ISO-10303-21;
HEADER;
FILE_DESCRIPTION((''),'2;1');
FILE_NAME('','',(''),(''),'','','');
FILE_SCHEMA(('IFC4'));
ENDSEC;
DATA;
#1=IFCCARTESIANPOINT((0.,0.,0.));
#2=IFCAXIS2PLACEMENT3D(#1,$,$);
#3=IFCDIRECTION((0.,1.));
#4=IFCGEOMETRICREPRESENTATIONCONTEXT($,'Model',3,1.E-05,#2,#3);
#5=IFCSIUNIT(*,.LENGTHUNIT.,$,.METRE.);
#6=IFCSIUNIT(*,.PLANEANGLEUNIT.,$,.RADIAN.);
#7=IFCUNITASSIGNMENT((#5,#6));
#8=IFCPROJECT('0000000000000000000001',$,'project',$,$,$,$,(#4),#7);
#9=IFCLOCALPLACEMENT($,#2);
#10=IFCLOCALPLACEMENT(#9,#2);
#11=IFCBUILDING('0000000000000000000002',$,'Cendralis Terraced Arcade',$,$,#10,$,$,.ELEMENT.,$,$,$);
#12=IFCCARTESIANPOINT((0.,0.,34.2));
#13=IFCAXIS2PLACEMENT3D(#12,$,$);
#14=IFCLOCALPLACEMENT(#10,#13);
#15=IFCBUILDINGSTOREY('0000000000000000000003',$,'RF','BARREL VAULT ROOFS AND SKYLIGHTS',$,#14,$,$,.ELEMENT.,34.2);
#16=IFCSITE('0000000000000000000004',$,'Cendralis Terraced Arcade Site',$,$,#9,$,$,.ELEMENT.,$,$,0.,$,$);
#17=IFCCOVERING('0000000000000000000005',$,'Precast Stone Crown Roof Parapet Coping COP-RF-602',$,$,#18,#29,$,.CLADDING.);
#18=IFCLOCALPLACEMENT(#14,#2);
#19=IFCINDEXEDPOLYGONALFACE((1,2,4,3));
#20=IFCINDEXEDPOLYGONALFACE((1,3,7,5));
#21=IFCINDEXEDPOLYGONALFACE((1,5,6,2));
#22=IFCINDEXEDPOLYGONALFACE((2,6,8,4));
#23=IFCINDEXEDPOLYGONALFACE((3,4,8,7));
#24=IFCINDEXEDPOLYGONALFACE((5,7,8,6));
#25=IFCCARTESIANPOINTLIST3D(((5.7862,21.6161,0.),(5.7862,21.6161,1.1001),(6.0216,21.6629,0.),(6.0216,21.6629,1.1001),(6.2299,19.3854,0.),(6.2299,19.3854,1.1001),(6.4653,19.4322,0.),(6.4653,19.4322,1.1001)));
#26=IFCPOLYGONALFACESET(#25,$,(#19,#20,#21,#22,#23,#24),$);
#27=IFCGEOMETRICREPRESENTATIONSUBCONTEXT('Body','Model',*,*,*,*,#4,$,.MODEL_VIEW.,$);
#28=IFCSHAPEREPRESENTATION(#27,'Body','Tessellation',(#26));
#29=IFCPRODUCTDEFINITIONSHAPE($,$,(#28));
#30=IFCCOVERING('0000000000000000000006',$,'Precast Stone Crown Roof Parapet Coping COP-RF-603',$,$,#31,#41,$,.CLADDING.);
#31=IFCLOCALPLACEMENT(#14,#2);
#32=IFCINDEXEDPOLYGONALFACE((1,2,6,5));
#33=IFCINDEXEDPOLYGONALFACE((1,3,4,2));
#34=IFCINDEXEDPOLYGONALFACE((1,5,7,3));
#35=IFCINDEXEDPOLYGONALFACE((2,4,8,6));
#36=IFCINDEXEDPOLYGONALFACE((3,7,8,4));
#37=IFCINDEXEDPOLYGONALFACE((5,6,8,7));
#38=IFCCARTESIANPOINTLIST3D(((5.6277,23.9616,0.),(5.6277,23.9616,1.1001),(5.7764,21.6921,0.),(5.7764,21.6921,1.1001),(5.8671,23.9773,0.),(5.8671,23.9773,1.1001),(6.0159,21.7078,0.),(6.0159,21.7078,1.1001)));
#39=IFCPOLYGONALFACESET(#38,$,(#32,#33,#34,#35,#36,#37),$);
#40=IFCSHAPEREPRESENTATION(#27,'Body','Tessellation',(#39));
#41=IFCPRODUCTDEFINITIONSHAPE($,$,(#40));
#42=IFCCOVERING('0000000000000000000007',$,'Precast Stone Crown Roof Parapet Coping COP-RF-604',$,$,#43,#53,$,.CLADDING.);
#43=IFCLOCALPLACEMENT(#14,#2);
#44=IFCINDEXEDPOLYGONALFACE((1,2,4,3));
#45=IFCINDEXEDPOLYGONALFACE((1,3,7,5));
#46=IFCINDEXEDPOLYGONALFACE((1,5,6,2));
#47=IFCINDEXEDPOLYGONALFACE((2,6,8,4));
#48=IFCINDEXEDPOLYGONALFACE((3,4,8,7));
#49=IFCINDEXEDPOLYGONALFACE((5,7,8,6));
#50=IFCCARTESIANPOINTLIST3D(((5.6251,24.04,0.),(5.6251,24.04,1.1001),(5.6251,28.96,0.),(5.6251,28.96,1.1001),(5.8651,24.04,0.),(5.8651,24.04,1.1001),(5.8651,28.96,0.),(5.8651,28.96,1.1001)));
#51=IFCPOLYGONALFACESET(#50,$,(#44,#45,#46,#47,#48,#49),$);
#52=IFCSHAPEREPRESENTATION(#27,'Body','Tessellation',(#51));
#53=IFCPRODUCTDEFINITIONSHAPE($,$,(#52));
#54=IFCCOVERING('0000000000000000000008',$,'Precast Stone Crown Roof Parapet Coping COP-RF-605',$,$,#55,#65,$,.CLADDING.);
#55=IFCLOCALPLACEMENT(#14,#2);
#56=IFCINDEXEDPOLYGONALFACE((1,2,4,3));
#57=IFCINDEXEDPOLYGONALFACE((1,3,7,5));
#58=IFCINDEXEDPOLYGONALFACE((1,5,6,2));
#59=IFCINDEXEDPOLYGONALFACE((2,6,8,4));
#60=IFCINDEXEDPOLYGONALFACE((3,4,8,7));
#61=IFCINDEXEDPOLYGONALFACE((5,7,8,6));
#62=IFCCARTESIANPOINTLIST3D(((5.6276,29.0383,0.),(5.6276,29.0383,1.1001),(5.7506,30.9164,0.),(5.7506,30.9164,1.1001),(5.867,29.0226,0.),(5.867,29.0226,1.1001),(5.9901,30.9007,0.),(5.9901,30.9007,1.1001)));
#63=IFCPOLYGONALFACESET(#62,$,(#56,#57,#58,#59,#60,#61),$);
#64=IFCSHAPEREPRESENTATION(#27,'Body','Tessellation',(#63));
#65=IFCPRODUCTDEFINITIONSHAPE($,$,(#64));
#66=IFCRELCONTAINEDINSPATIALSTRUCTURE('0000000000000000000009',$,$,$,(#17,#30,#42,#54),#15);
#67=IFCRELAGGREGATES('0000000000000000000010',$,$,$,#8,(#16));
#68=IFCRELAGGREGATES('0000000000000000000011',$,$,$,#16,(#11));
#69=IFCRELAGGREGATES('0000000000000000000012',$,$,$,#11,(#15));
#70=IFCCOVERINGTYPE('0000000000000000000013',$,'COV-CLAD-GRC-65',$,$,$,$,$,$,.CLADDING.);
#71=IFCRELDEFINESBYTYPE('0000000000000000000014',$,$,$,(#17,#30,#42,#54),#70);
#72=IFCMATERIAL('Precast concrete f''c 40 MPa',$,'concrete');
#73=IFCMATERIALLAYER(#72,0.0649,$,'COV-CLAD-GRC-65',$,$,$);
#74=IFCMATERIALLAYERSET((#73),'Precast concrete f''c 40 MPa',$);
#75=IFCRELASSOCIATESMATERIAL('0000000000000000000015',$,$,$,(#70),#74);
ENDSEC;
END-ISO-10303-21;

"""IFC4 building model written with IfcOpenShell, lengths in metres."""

from ifc_helpers import new_model, si_unit, direction, frame, origin, origin_2d, place, context, subcontext, project, spatial, rectangle, extrude, material, layer, layer_set, type_object, element, save


model = new_model("IFC4")

# Units and contexts
model_context = context("Model", 3, precision=1e-05, world=origin(), true_north=direction((0.0, 1.0)))
body_context = subcontext(model_context, "Body", "Model", "MODEL_VIEW")
ifc_project = project(units=[si_unit("LENGTHUNIT", "METRE"), si_unit("PLANEANGLEUNIT", "RADIAN")], contexts=[model_context])

# Site, building, storey
site_placement = place(None, origin())
site = spatial("IfcSite", under=ifc_project, at=site_placement, Name="Cendralis Terraced Arcade Site", CompositionType="ELEMENT", RefElevation=0.0)
building_placement = place(site_placement, origin())
building = spatial("IfcBuilding", under=site, at=building_placement, Name="Cendralis Terraced Arcade", CompositionType="ELEMENT")
storey_placement = place(building_placement, frame((0.0, 0.0, 34.2)))
storey = spatial("IfcBuildingStorey", under=building, at=storey_placement, Name="RF", Description="BARREL VAULT ROOFS AND SKYLIGHTS", CompositionType="ELEMENT", Elevation=34.2)

# Coverings
ifc_material_1 = material(Name="Precast concrete f'c 40 MPa", Category="concrete")
ifc_layer_1 = layer(ifc_material_1, 0.0649, Name="COV-CLAD-GRC-65")
ifc_layer_set_1 = layer_set([ifc_layer_1], Name="Precast concrete f'c 40 MPa")
covering_type_1 = type_object("IfcCoveringType", Name="COV-CLAD-GRC-65", PredefinedType="CLADDING", material=ifc_layer_set_1)
for number, where, z_axis, x_axis, name in (
    (1, (6.1257, 20.5242, 0.0), (0.0, 0.0, 1.0), (-0.195073, 0.980789, 0.0), "Precast Stone Crown Roof Parapet Coping COP-RF-602"),
    (2, (5.8218, 22.8347, 0.0), (0.0, 0.0, 1.0), (-0.065403, 0.997859, 0.0), "Precast Stone Crown Roof Parapet Coping COP-RF-603"),
):
    element("IfcCovering", number, at=place(storey_placement, frame(where, z_axis=z_axis, x_axis=x_axis)), inside=storey, type_object=covering_type_1, Name=name, PredefinedType="CLADDING", context=body_context, shape_type="SweptSolid", body=[
        extrude(rectangle(XDim=2.2744, YDim=0.24, at=origin_2d()), origin(), (0.0, 0.0, 1.0), 1.1001),
    ])
covering_1_placement = place(storey_placement, frame((5.7451, 26.5, 0.0), z_axis=(0.0, 0.0, 1.0), x_axis=(0.0, 1.0, 0.0)))
element("IfcCovering", 3, at=covering_1_placement, inside=storey, type_object=covering_type_1, Name="Precast Stone Crown Roof Parapet Coping COP-RF-604", PredefinedType="CLADDING", context=body_context, shape_type="SweptSolid", body=[
    extrude(rectangle(XDim=4.9199, YDim=0.24, at=origin_2d()), origin(), (0.0, 0.0, 1.0), 1.1001),
])
covering_2_placement = place(storey_placement, frame((5.8088, 29.9695, 0.0), z_axis=(0.0, 0.0, 1.0), x_axis=(0.065386, 0.99786, 0.0)))
element("IfcCovering", 4, at=covering_2_placement, inside=storey, type_object=covering_type_1, Name="Precast Stone Crown Roof Parapet Coping COP-RF-605", PredefinedType="CLADDING", context=body_context, shape_type="SweptSolid", body=[
    extrude(rectangle(XDim=1.8821, YDim=0.24, at=origin_2d()), origin(), (0.0, 0.0, 1.0), 1.1001),
])

save(model, "model.ifc")
